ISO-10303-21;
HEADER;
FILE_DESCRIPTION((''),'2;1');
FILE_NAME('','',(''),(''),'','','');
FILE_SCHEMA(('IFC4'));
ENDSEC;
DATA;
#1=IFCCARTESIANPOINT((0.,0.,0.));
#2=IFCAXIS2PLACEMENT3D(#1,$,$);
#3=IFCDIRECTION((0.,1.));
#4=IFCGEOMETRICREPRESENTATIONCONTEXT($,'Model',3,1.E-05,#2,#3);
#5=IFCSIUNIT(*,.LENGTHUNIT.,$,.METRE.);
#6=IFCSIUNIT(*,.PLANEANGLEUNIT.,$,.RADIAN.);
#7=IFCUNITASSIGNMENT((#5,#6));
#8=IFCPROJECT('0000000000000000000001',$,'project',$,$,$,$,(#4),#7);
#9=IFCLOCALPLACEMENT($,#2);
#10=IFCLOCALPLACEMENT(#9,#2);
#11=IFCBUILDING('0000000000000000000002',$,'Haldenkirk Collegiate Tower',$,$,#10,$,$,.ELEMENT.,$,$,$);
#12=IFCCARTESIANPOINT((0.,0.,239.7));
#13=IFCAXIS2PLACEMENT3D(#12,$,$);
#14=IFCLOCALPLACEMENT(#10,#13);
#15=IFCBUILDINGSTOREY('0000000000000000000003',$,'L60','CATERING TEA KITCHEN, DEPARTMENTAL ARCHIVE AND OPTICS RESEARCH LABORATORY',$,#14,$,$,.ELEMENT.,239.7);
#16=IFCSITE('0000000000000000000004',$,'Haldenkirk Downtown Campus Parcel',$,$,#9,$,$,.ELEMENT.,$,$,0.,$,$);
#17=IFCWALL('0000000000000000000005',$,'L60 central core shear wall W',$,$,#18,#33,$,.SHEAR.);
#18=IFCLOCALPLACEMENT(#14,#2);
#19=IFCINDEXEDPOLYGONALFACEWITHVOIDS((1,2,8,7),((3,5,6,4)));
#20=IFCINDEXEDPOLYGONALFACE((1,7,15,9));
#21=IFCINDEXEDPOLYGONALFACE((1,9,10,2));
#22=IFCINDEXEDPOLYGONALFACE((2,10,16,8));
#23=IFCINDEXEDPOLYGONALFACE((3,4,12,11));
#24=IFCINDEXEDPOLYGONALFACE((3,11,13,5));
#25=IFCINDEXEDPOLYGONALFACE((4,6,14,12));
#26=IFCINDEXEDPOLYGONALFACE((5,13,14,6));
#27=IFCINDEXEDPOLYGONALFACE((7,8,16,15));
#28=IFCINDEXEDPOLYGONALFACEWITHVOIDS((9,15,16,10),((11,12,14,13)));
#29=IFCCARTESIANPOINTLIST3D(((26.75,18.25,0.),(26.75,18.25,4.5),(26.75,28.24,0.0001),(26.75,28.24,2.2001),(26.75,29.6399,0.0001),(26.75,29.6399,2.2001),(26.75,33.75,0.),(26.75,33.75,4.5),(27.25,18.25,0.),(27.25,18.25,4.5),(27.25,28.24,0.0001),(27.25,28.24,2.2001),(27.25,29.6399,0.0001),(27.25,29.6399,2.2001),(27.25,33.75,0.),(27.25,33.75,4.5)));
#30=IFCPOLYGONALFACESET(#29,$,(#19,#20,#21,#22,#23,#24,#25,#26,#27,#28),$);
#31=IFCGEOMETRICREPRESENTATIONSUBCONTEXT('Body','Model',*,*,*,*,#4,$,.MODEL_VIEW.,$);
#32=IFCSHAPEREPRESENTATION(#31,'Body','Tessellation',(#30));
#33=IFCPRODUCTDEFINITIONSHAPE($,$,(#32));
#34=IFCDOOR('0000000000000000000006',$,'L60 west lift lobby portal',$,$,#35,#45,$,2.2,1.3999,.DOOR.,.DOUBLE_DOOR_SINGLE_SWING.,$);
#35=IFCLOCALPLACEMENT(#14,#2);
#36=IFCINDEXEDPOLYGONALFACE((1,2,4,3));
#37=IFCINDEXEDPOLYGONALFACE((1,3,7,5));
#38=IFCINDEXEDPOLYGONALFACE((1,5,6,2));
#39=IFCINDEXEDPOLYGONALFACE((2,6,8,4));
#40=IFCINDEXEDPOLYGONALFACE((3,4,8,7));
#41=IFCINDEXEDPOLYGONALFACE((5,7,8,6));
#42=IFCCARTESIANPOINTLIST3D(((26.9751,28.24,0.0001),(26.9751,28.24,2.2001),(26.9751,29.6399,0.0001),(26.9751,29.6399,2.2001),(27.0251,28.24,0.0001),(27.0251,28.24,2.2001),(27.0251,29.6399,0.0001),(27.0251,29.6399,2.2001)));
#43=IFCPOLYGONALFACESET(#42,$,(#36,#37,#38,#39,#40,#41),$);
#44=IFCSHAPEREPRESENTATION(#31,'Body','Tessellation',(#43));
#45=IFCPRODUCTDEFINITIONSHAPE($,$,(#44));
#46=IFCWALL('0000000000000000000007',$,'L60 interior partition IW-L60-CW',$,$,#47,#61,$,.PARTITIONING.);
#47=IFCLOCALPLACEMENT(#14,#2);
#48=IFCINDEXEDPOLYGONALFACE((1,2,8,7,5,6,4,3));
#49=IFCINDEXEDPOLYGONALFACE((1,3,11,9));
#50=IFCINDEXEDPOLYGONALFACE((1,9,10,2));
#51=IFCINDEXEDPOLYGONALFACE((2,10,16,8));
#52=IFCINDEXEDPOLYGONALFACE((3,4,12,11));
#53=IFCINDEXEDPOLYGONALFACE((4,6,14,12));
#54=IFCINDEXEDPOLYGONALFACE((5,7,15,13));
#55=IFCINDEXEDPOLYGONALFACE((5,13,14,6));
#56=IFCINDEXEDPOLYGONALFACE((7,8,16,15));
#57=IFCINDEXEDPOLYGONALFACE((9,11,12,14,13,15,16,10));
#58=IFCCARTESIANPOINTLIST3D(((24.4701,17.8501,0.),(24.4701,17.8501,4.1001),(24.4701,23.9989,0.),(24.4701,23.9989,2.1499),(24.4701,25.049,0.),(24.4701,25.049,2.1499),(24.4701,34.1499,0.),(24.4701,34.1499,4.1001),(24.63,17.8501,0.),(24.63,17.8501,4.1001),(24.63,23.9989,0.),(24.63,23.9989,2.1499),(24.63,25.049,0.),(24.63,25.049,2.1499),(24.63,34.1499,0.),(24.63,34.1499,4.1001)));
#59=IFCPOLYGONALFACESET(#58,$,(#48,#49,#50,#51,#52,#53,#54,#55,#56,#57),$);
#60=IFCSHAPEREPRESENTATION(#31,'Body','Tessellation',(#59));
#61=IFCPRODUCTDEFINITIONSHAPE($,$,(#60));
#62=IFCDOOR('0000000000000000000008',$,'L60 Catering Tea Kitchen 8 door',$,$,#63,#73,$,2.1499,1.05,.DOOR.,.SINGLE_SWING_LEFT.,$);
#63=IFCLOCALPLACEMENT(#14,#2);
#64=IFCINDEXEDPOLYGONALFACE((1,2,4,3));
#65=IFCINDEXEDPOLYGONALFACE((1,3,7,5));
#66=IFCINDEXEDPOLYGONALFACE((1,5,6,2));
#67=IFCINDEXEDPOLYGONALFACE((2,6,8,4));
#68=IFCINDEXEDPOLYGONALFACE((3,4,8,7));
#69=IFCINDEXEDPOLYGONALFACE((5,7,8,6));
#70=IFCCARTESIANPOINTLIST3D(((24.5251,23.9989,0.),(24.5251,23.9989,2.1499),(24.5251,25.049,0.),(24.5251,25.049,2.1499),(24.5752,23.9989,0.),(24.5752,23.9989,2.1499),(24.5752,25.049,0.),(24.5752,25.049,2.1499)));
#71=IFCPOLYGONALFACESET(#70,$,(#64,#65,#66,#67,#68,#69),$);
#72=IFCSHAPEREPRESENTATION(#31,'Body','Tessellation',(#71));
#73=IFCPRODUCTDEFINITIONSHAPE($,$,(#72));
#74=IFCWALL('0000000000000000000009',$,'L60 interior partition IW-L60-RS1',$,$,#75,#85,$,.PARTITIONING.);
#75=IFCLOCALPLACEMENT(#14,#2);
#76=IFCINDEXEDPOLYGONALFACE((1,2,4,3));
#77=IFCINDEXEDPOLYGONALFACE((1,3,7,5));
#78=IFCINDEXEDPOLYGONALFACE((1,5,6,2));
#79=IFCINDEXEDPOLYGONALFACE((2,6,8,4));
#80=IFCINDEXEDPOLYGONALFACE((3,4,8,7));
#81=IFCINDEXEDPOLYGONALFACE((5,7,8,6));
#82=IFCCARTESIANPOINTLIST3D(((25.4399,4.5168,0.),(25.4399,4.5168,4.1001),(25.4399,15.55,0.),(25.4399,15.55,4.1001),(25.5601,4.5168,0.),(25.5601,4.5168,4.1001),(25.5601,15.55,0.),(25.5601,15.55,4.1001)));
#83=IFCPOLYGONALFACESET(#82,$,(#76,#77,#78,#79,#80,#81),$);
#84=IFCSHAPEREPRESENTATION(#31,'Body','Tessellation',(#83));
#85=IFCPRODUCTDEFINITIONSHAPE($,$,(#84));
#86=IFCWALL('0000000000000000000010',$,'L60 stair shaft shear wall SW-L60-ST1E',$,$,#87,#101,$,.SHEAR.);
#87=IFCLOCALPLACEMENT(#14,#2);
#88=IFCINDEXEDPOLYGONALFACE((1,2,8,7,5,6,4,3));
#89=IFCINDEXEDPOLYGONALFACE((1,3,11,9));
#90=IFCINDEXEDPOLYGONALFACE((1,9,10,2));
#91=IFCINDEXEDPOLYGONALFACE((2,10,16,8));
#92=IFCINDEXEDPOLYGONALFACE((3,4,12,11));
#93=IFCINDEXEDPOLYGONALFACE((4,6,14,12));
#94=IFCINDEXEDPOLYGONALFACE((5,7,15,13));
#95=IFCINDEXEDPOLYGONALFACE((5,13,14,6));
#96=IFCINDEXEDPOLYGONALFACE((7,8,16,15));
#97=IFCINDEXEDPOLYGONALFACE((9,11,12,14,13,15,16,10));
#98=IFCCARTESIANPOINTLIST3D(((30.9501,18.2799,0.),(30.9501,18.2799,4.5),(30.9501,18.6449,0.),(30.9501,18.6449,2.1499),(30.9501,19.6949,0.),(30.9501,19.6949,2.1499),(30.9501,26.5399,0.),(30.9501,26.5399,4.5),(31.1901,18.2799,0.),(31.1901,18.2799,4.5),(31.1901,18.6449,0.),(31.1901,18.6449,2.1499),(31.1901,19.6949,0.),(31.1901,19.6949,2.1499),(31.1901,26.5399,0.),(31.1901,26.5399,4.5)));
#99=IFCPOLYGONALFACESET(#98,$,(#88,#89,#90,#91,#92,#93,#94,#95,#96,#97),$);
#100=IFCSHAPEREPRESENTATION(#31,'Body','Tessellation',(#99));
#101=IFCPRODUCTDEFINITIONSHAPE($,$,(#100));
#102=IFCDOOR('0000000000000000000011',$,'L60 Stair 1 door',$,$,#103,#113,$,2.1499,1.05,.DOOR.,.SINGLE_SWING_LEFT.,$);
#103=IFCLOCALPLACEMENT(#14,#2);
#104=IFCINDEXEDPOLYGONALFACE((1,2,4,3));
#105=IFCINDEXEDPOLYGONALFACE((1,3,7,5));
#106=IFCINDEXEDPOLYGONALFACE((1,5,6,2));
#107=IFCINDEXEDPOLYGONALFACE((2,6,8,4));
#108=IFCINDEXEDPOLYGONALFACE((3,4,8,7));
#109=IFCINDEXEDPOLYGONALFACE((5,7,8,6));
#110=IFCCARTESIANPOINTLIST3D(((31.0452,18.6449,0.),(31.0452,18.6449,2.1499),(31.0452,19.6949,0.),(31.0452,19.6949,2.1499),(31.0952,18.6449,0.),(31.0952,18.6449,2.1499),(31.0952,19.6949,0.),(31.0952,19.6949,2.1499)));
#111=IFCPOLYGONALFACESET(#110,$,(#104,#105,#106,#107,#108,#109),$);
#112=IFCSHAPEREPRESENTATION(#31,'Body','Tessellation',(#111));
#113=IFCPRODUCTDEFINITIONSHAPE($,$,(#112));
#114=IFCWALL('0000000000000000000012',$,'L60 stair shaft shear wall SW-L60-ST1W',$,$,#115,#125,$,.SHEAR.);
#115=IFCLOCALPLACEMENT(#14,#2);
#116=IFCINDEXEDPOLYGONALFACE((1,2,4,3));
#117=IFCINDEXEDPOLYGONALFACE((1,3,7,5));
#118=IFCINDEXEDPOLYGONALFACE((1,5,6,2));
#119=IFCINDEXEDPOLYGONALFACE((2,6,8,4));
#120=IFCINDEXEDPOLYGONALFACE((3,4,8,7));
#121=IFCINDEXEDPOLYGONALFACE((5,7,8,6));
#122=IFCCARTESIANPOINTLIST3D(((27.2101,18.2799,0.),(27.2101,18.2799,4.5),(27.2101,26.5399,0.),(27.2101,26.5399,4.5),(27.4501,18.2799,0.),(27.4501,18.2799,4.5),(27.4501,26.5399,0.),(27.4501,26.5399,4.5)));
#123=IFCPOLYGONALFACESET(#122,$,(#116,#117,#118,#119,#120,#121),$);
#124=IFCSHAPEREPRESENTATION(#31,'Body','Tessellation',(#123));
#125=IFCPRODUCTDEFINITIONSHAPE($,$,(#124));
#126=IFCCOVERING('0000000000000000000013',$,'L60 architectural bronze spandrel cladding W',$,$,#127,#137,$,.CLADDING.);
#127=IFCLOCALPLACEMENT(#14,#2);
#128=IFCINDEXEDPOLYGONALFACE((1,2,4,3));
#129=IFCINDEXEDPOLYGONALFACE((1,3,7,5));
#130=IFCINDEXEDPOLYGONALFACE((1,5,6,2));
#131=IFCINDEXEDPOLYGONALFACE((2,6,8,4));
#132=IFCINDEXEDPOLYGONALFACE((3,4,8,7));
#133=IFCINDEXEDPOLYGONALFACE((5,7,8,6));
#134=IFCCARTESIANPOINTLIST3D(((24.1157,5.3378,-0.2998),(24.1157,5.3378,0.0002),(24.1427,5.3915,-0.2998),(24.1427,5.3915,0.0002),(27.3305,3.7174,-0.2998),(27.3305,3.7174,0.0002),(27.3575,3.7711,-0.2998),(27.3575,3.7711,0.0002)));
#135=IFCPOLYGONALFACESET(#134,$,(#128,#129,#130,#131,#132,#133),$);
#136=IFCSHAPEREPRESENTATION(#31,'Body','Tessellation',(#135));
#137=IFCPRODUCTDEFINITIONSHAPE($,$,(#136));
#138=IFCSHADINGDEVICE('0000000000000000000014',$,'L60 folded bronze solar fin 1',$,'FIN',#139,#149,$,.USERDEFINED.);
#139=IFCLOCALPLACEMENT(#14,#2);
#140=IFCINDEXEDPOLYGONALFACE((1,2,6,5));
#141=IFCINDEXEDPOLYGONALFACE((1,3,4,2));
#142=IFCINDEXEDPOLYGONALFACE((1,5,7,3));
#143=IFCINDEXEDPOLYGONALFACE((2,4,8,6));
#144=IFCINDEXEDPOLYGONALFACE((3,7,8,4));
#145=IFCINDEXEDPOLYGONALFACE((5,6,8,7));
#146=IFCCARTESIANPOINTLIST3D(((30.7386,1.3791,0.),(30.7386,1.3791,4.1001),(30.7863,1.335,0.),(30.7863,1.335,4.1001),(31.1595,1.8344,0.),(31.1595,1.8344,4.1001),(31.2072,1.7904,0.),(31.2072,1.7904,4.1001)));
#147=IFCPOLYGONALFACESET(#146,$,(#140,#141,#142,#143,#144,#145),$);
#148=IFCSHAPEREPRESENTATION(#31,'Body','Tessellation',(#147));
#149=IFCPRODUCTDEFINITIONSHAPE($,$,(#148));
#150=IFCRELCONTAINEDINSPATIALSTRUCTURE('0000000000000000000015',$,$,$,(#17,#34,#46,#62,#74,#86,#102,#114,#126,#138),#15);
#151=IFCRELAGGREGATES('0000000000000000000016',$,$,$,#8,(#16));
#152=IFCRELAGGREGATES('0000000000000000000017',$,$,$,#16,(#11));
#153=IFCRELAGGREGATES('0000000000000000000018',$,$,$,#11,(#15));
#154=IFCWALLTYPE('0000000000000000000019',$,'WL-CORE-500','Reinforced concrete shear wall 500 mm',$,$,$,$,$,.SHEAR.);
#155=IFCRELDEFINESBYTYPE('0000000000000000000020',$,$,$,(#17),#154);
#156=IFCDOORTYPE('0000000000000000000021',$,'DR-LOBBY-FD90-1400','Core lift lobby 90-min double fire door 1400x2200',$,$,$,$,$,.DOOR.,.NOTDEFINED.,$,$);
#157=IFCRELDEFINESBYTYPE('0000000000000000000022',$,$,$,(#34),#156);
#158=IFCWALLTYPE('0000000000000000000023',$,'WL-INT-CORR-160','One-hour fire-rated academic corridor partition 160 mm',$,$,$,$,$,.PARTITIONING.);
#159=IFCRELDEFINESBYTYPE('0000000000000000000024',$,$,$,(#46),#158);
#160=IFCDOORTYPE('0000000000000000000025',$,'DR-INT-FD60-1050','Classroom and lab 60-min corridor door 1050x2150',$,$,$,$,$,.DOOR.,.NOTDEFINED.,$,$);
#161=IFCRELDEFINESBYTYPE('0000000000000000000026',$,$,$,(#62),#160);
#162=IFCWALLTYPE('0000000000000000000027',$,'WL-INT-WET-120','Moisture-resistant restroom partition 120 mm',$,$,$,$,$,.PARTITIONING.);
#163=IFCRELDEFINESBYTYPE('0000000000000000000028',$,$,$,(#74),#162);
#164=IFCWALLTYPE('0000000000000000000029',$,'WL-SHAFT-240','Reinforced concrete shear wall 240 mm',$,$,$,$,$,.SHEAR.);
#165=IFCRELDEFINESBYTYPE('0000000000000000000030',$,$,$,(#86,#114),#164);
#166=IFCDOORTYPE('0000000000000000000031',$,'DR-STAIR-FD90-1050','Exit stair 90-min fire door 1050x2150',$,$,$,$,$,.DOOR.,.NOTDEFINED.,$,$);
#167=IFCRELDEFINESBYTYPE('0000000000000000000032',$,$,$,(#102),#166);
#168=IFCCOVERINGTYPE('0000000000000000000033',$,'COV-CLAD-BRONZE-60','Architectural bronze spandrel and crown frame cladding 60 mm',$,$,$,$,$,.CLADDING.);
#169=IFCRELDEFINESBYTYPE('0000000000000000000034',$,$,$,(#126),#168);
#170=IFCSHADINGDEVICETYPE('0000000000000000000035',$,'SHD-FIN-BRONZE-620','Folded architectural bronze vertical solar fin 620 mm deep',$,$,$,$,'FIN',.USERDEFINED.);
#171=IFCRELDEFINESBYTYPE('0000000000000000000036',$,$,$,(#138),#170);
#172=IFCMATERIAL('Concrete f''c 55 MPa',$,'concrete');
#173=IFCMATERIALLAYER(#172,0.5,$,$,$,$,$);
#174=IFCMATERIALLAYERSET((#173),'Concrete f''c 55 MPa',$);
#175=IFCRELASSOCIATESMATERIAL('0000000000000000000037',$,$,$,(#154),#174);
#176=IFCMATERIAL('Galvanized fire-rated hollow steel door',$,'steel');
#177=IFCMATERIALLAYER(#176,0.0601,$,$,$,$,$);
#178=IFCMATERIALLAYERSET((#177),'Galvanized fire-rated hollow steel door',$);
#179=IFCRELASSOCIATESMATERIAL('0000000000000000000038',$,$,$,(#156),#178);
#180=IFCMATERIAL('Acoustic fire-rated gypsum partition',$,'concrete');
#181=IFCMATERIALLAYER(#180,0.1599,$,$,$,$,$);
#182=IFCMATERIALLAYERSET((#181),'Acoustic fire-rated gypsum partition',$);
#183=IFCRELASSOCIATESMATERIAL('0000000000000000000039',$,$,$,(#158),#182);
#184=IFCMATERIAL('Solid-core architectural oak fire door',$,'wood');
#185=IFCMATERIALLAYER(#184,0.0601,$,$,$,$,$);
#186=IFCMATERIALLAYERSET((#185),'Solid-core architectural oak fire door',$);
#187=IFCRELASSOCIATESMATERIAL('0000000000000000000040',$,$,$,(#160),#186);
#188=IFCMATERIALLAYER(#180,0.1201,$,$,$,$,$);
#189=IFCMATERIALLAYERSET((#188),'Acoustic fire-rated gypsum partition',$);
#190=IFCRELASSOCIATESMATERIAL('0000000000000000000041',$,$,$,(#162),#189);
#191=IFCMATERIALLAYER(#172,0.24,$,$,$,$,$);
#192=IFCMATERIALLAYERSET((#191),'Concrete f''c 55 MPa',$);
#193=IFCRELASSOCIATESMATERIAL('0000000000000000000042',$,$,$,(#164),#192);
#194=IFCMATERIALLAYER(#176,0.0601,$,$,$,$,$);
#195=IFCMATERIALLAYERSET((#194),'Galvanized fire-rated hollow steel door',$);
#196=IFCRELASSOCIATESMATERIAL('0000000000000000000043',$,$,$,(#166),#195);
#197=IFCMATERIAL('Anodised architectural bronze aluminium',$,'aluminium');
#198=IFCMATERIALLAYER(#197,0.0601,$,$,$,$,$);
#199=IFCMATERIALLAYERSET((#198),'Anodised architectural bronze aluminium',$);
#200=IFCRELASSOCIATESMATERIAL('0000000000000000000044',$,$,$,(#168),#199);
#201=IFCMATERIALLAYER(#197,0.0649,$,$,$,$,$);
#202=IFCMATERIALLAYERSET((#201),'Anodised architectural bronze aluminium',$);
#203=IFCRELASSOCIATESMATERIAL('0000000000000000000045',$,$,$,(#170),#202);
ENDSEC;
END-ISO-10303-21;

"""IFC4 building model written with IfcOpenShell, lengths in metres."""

from ifc_helpers import new_model, si_unit, direction, frame, frame_2d, origin, origin_2d, place, context, subcontext, project, spatial, rectangle, extrude, source, transform, mapped, material, layer, layer_set, type_object, element, fill, save


model = new_model("IFC4")

# Units and contexts
model_context = context("Model", 3, precision=1e-05, world=origin(), true_north=direction((0.0, 1.0)))
body_context = subcontext(model_context, "Body", "Model", "MODEL_VIEW")
ifc_project = project(units=[si_unit("LENGTHUNIT", "METRE"), si_unit("PLANEANGLEUNIT", "RADIAN")], contexts=[model_context])

# Site, building, storey
site_placement = place(None, origin())
site = spatial("IfcSite", under=ifc_project, at=site_placement, Name="Haldenkirk Downtown Campus Parcel", CompositionType="ELEMENT", RefElevation=0.0)
building_placement = place(site_placement, origin())
building = spatial("IfcBuilding", under=site, at=building_placement, Name="Haldenkirk Collegiate Tower", CompositionType="ELEMENT")
storey_placement = place(building_placement, frame((0.0, 0.0, 239.7)))
storey = spatial("IfcBuildingStorey", under=building, at=storey_placement, Name="L60", Description="CATERING TEA KITCHEN, DEPARTMENTAL ARCHIVE AND OPTICS RESEARCH LABORATORY", CompositionType="ELEMENT", Elevation=239.7)

# Shared definitions
ifc_material_1 = material(Name="Anodised architectural bronze aluminium", Category="aluminium")

# Shared definitions
ifc_material_2 = material(Name="Concrete f'c 55 MPa", Category="concrete")
ifc_layer_1 = layer(ifc_material_2, 0.5)
ifc_layer_set_1 = layer_set([ifc_layer_1], Name="Concrete f'c 55 MPa")
wall_type_1 = type_object("IfcWallType", Name="WL-CORE-500", Description="Reinforced concrete shear wall 500 mm", PredefinedType="SHEAR", material=ifc_layer_set_1)
ifc_material_3 = material(Name="Galvanized fire-rated hollow steel door", Category="steel")

# Walls, openings, doors
wall_1_placement = place(storey_placement, frame((27.0, 18.25, 0.0), z_axis=(0.0, 0.0, 1.0), x_axis=(0.0, 1.0, 0.0)))
wall_1 = element("IfcWall", 1, at=wall_1_placement, inside=storey, type_object=wall_type_1, Name="L60 central core shear wall W", PredefinedType="SHEAR", context=body_context, shape_type="SweptSolid", body=[
    extrude(rectangle(XDim=15.5, YDim=0.5, at=frame_2d((7.75, 0.0))), origin(), (0.0, 0.0, 1.0), 4.5),
])
opening_1_placement = place(wall_1_placement, frame((9.99, 0.0, 0.0)))
opening_1 = element("IfcOpeningElement", 2, at=opening_1_placement, cuts=wall_1, PredefinedType="OPENING", context=body_context, shape_type="SweptSolid", body=[
    extrude(rectangle(XDim=1.3999, YDim=2.2, at=frame_2d((0.7, 1.1001))), frame((0.0, 0.26, 0.0), z_axis=(0.0, -1.0, 0.0), x_axis=(1.0, 0.0, 0.0)), (0.0, 0.0, 1.0), 0.52),
])
ifc_layer_2 = layer(ifc_material_3, 0.0601)
ifc_layer_set_2 = layer_set([ifc_layer_2], Name="Galvanized fire-rated hollow steel door")
door_type_1 = type_object("IfcDoorType", Name="DR-LOBBY-FD90-1400", Description="Core lift lobby 90-min double fire door 1400x2200", OperationType="NOTDEFINED", PredefinedType="DOOR", material=ifc_layer_set_2)
door_1_placement = place(opening_1_placement, origin())
door_1 = element("IfcDoor", 3, at=door_1_placement, inside=storey, type_object=door_type_1, Name="L60 west lift lobby portal", OperationType="DOUBLE_DOOR_SINGLE_SWING", OverallHeight=2.2, OverallWidth=1.3999, PredefinedType="DOOR", context=body_context, shape_type="SweptSolid", body=[
    extrude(rectangle(XDim=1.3999, YDim=2.2, at=frame_2d((0.7, 1.1001))), frame((0.0, 0.0249, 0.0), z_axis=(0.0, -1.0, 0.0), x_axis=(1.0, 0.0, 0.0)), (0.0, 0.0, 1.0), 0.05),
])
fill(opening_1, door_1)
ifc_material_4 = material(Name="Acoustic fire-rated gypsum partition", Category="concrete")
ifc_layer_3 = layer(ifc_material_4, 0.1599)
ifc_layer_set_3 = layer_set([ifc_layer_3], Name="Acoustic fire-rated gypsum partition")
wall_type_2 = type_object("IfcWallType", Name="WL-INT-CORR-160", Description="One-hour fire-rated academic corridor partition 160 mm", PredefinedType="PARTITIONING", material=ifc_layer_set_3)
wall_2_placement = place(storey_placement, frame((24.55, 17.8501, 0.0), z_axis=(0.0, 0.0, 1.0), x_axis=(0.0, 1.0, 0.0)))
wall_2 = element("IfcWall", 4, at=wall_2_placement, inside=storey, type_object=wall_type_2, Name="L60 interior partition IW-L60-CW", PredefinedType="PARTITIONING", context=body_context, shape_type="SweptSolid", body=[
    extrude(rectangle(XDim=16.2998, YDim=0.1599, at=frame_2d((8.1499, 0.0))), origin(), (0.0, 0.0, 1.0), 4.1001),
])
opening_2_placement = place(wall_2_placement, frame((6.1489, 0.0, 0.0)))
opening_2 = element("IfcOpeningElement", 5, at=opening_2_placement, cuts=wall_2, PredefinedType="OPENING", context=body_context, shape_type="SweptSolid", body=[
    extrude(rectangle(XDim=1.05, YDim=2.1499, at=frame_2d((0.5249, 1.075))), frame((0.0, 0.0898, 0.0), z_axis=(0.0, -1.0, 0.0), x_axis=(1.0, 0.0, 0.0)), (0.0, 0.0, 1.0), 0.1799),
])
ifc_material_5 = material(Name="Solid-core architectural oak fire door", Category="wood")
ifc_layer_4 = layer(ifc_material_5, 0.0601)
ifc_layer_set_4 = layer_set([ifc_layer_4], Name="Solid-core architectural oak fire door")
door_type_2 = type_object("IfcDoorType", Name="DR-INT-FD60-1050", Description="Classroom and lab 60-min corridor door 1050x2150", OperationType="NOTDEFINED", PredefinedType="DOOR", material=ifc_layer_set_4)
door_2_placement = place(opening_2_placement, origin())
door_2 = element("IfcDoor", 6, at=door_2_placement, inside=storey, type_object=door_type_2, Name="L60 Catering Tea Kitchen 8 door", OperationType="SINGLE_SWING_LEFT", OverallHeight=2.1499, OverallWidth=1.05, PredefinedType="DOOR", context=body_context, shape_type="SweptSolid", body=[
    extrude(rectangle(XDim=1.05, YDim=2.1499, at=frame_2d((0.5249, 1.075))), frame((0.0, 0.0249, 0.0), z_axis=(0.0, -1.0, 0.0), x_axis=(1.0, 0.0, 0.0)), (0.0, 0.0, 1.0), 0.05),
])
fill(opening_2, door_2)

# Wall
ifc_layer_5 = layer(ifc_material_4, 0.1201)
ifc_layer_set_5 = layer_set([ifc_layer_5], Name="Acoustic fire-rated gypsum partition")
wall_type_3 = type_object("IfcWallType", Name="WL-INT-WET-120", Description="Moisture-resistant restroom partition 120 mm", PredefinedType="PARTITIONING", material=ifc_layer_set_5)
wall_3_placement = place(storey_placement, frame((25.5, 4.5168, 0.0), z_axis=(0.0, 0.0, 1.0), x_axis=(0.0, 1.0, 0.0)))
element("IfcWall", 7, at=wall_3_placement, inside=storey, type_object=wall_type_3, Name="L60 interior partition IW-L60-RS1", PredefinedType="PARTITIONING", context=body_context, shape_type="SweptSolid", body=[
    extrude(rectangle(XDim=11.0332, YDim=0.1201, at=frame_2d((5.5166, 0.0))), origin(), (0.0, 0.0, 1.0), 4.1001),
])

# Wall, opening, door
ifc_layer_6 = layer(ifc_material_2, 0.24)
ifc_layer_set_6 = layer_set([ifc_layer_6], Name="Concrete f'c 55 MPa")
wall_type_4 = type_object("IfcWallType", Name="WL-SHAFT-240", Description="Reinforced concrete shear wall 240 mm", PredefinedType="SHEAR", material=ifc_layer_set_6)
wall_4_placement = place(storey_placement, frame((31.0701, 18.28, 0.0), z_axis=(0.0, 0.0, 1.0), x_axis=(0.0, 1.0, 0.0)))
wall_4 = element("IfcWall", 8, at=wall_4_placement, inside=storey, type_object=wall_type_4, Name="L60 stair shaft shear wall SW-L60-ST1E", PredefinedType="SHEAR", context=body_context, shape_type="SweptSolid", body=[
    extrude(rectangle(XDim=8.26, YDim=0.24, at=frame_2d((4.1299, 0.0))), origin(), (0.0, 0.0, 1.0), 4.5),
])
opening_3_placement = place(wall_4_placement, frame((0.365, 0.0, 0.0)))
opening_3 = element("IfcOpeningElement", 9, at=opening_3_placement, cuts=wall_4, PredefinedType="OPENING", context=body_context, shape_type="SweptSolid", body=[
    extrude(rectangle(XDim=1.05, YDim=2.1499, at=frame_2d((0.5249, 1.075))), frame((0.0, 0.1299, 0.0), z_axis=(0.0, -1.0, 0.0), x_axis=(1.0, 0.0, 0.0)), (0.0, 0.0, 1.0), 0.26),
])
ifc_layer_7 = layer(ifc_material_3, 0.0601)
ifc_layer_set_7 = layer_set([ifc_layer_7], Name="Galvanized fire-rated hollow steel door")
door_type_3 = type_object("IfcDoorType", Name="DR-STAIR-FD90-1050", Description="Exit stair 90-min fire door 1050x2150", OperationType="NOTDEFINED", PredefinedType="DOOR", material=ifc_layer_set_7)
door_3_placement = place(opening_3_placement, origin())
door_3 = element("IfcDoor", 10, at=door_3_placement, inside=storey, type_object=door_type_3, Name="L60 Stair 1 door", OperationType="SINGLE_SWING_LEFT", OverallHeight=2.1499, OverallWidth=1.05, PredefinedType="DOOR", context=body_context, shape_type="SweptSolid", body=[
    extrude(rectangle(XDim=1.05, YDim=2.1499, at=frame_2d((0.5249, 1.075))), frame((0.0, 0.0249, 0.0), z_axis=(0.0, -1.0, 0.0), x_axis=(1.0, 0.0, 0.0)), (0.0, 0.0, 1.0), 0.05),
])
fill(opening_3, door_3)

# Wall
wall_5_placement = place(storey_placement, frame((27.3301, 18.28, 0.0), z_axis=(0.0, 0.0, 1.0), x_axis=(0.0, 1.0, 0.0)))
element("IfcWall", 11, at=wall_5_placement, inside=storey, type_object=wall_type_4, Name="L60 stair shaft shear wall SW-L60-ST1W", PredefinedType="SHEAR", context=body_context, shape_type="SweptSolid", body=[
    extrude(rectangle(XDim=8.26, YDim=0.24, at=frame_2d((4.1299, 0.0))), origin(), (0.0, 0.0, 1.0), 4.5),
])

# Covering
ifc_layer_8 = layer(ifc_material_1, 0.0601)
ifc_layer_set_8 = layer_set([ifc_layer_8], Name="Anodised architectural bronze aluminium")
covering_type = type_object("IfcCoveringType", Name="COV-CLAD-BRONZE-60", Description="Architectural bronze spandrel and crown frame cladding 60 mm", PredefinedType="CLADDING", material=ifc_layer_set_8)
shared_shape_1 = source(origin(), body_context, "Body", "SweptSolid", [
    extrude(rectangle(XDim=3.6001, YDim=0.0601, at=origin_2d()), origin(), (0.0, 0.0, 1.0), 0.3),
])
covering_placement = place(storey_placement, frame((25.7366, 4.5544, -0.2998), z_axis=(0.0, 0.0, 1.0), x_axis=(-0.892979, 0.450098, 0.0)))
element("IfcCovering", 12, at=covering_placement, inside=storey, type_object=covering_type, Name="L60 architectural bronze spandrel cladding W", PredefinedType="CLADDING", context=body_context, shape_type="MappedRepresentation", body=[
    mapped(shared_shape_1, transform((0.0, 0.0, 0.0), x_axis=(1.0, 0.0, 0.0), y_axis=(0.0, 1.0, 0.0), z_axis=(0.0, 0.0, 1.0), scale=1.0)),
])

# Shading device
ifc_layer_9 = layer(ifc_material_1, 0.0649)
ifc_layer_set_9 = layer_set([ifc_layer_9], Name="Anodised architectural bronze aluminium")
shading_device_type = type_object("IfcShadingDeviceType", Name="SHD-FIN-BRONZE-620", Description="Folded architectural bronze vertical solar fin 620 mm deep", ElementType="FIN", PredefinedType="USERDEFINED", material=ifc_layer_set_9)
shared_shape_2 = source(origin(), body_context, "Body", "SweptSolid", [
    extrude(rectangle(XDim=0.6201, YDim=0.0649, at=origin_2d()), origin(), (0.0, 0.0, 1.0), 4.1001),
])
shading_device_placement = place(storey_placement, frame((30.9729, 1.5847, 0.0), z_axis=(0.0, 0.0, 1.0), x_axis=(-0.678801, -0.734323, 0.0)))
element("IfcShadingDevice", 13, at=shading_device_placement, inside=storey, type_object=shading_device_type, Name="L60 folded bronze solar fin 1", ObjectType="FIN", PredefinedType="USERDEFINED", context=body_context, shape_type="MappedRepresentation", body=[
    mapped(shared_shape_2, transform((0.0, 0.0, 0.0), x_axis=(1.0, 0.0, 0.0), y_axis=(0.0, 1.0, 0.0), z_axis=(0.0, 0.0, 1.0), scale=1.0)),
])

save(model, "model.ifc")
